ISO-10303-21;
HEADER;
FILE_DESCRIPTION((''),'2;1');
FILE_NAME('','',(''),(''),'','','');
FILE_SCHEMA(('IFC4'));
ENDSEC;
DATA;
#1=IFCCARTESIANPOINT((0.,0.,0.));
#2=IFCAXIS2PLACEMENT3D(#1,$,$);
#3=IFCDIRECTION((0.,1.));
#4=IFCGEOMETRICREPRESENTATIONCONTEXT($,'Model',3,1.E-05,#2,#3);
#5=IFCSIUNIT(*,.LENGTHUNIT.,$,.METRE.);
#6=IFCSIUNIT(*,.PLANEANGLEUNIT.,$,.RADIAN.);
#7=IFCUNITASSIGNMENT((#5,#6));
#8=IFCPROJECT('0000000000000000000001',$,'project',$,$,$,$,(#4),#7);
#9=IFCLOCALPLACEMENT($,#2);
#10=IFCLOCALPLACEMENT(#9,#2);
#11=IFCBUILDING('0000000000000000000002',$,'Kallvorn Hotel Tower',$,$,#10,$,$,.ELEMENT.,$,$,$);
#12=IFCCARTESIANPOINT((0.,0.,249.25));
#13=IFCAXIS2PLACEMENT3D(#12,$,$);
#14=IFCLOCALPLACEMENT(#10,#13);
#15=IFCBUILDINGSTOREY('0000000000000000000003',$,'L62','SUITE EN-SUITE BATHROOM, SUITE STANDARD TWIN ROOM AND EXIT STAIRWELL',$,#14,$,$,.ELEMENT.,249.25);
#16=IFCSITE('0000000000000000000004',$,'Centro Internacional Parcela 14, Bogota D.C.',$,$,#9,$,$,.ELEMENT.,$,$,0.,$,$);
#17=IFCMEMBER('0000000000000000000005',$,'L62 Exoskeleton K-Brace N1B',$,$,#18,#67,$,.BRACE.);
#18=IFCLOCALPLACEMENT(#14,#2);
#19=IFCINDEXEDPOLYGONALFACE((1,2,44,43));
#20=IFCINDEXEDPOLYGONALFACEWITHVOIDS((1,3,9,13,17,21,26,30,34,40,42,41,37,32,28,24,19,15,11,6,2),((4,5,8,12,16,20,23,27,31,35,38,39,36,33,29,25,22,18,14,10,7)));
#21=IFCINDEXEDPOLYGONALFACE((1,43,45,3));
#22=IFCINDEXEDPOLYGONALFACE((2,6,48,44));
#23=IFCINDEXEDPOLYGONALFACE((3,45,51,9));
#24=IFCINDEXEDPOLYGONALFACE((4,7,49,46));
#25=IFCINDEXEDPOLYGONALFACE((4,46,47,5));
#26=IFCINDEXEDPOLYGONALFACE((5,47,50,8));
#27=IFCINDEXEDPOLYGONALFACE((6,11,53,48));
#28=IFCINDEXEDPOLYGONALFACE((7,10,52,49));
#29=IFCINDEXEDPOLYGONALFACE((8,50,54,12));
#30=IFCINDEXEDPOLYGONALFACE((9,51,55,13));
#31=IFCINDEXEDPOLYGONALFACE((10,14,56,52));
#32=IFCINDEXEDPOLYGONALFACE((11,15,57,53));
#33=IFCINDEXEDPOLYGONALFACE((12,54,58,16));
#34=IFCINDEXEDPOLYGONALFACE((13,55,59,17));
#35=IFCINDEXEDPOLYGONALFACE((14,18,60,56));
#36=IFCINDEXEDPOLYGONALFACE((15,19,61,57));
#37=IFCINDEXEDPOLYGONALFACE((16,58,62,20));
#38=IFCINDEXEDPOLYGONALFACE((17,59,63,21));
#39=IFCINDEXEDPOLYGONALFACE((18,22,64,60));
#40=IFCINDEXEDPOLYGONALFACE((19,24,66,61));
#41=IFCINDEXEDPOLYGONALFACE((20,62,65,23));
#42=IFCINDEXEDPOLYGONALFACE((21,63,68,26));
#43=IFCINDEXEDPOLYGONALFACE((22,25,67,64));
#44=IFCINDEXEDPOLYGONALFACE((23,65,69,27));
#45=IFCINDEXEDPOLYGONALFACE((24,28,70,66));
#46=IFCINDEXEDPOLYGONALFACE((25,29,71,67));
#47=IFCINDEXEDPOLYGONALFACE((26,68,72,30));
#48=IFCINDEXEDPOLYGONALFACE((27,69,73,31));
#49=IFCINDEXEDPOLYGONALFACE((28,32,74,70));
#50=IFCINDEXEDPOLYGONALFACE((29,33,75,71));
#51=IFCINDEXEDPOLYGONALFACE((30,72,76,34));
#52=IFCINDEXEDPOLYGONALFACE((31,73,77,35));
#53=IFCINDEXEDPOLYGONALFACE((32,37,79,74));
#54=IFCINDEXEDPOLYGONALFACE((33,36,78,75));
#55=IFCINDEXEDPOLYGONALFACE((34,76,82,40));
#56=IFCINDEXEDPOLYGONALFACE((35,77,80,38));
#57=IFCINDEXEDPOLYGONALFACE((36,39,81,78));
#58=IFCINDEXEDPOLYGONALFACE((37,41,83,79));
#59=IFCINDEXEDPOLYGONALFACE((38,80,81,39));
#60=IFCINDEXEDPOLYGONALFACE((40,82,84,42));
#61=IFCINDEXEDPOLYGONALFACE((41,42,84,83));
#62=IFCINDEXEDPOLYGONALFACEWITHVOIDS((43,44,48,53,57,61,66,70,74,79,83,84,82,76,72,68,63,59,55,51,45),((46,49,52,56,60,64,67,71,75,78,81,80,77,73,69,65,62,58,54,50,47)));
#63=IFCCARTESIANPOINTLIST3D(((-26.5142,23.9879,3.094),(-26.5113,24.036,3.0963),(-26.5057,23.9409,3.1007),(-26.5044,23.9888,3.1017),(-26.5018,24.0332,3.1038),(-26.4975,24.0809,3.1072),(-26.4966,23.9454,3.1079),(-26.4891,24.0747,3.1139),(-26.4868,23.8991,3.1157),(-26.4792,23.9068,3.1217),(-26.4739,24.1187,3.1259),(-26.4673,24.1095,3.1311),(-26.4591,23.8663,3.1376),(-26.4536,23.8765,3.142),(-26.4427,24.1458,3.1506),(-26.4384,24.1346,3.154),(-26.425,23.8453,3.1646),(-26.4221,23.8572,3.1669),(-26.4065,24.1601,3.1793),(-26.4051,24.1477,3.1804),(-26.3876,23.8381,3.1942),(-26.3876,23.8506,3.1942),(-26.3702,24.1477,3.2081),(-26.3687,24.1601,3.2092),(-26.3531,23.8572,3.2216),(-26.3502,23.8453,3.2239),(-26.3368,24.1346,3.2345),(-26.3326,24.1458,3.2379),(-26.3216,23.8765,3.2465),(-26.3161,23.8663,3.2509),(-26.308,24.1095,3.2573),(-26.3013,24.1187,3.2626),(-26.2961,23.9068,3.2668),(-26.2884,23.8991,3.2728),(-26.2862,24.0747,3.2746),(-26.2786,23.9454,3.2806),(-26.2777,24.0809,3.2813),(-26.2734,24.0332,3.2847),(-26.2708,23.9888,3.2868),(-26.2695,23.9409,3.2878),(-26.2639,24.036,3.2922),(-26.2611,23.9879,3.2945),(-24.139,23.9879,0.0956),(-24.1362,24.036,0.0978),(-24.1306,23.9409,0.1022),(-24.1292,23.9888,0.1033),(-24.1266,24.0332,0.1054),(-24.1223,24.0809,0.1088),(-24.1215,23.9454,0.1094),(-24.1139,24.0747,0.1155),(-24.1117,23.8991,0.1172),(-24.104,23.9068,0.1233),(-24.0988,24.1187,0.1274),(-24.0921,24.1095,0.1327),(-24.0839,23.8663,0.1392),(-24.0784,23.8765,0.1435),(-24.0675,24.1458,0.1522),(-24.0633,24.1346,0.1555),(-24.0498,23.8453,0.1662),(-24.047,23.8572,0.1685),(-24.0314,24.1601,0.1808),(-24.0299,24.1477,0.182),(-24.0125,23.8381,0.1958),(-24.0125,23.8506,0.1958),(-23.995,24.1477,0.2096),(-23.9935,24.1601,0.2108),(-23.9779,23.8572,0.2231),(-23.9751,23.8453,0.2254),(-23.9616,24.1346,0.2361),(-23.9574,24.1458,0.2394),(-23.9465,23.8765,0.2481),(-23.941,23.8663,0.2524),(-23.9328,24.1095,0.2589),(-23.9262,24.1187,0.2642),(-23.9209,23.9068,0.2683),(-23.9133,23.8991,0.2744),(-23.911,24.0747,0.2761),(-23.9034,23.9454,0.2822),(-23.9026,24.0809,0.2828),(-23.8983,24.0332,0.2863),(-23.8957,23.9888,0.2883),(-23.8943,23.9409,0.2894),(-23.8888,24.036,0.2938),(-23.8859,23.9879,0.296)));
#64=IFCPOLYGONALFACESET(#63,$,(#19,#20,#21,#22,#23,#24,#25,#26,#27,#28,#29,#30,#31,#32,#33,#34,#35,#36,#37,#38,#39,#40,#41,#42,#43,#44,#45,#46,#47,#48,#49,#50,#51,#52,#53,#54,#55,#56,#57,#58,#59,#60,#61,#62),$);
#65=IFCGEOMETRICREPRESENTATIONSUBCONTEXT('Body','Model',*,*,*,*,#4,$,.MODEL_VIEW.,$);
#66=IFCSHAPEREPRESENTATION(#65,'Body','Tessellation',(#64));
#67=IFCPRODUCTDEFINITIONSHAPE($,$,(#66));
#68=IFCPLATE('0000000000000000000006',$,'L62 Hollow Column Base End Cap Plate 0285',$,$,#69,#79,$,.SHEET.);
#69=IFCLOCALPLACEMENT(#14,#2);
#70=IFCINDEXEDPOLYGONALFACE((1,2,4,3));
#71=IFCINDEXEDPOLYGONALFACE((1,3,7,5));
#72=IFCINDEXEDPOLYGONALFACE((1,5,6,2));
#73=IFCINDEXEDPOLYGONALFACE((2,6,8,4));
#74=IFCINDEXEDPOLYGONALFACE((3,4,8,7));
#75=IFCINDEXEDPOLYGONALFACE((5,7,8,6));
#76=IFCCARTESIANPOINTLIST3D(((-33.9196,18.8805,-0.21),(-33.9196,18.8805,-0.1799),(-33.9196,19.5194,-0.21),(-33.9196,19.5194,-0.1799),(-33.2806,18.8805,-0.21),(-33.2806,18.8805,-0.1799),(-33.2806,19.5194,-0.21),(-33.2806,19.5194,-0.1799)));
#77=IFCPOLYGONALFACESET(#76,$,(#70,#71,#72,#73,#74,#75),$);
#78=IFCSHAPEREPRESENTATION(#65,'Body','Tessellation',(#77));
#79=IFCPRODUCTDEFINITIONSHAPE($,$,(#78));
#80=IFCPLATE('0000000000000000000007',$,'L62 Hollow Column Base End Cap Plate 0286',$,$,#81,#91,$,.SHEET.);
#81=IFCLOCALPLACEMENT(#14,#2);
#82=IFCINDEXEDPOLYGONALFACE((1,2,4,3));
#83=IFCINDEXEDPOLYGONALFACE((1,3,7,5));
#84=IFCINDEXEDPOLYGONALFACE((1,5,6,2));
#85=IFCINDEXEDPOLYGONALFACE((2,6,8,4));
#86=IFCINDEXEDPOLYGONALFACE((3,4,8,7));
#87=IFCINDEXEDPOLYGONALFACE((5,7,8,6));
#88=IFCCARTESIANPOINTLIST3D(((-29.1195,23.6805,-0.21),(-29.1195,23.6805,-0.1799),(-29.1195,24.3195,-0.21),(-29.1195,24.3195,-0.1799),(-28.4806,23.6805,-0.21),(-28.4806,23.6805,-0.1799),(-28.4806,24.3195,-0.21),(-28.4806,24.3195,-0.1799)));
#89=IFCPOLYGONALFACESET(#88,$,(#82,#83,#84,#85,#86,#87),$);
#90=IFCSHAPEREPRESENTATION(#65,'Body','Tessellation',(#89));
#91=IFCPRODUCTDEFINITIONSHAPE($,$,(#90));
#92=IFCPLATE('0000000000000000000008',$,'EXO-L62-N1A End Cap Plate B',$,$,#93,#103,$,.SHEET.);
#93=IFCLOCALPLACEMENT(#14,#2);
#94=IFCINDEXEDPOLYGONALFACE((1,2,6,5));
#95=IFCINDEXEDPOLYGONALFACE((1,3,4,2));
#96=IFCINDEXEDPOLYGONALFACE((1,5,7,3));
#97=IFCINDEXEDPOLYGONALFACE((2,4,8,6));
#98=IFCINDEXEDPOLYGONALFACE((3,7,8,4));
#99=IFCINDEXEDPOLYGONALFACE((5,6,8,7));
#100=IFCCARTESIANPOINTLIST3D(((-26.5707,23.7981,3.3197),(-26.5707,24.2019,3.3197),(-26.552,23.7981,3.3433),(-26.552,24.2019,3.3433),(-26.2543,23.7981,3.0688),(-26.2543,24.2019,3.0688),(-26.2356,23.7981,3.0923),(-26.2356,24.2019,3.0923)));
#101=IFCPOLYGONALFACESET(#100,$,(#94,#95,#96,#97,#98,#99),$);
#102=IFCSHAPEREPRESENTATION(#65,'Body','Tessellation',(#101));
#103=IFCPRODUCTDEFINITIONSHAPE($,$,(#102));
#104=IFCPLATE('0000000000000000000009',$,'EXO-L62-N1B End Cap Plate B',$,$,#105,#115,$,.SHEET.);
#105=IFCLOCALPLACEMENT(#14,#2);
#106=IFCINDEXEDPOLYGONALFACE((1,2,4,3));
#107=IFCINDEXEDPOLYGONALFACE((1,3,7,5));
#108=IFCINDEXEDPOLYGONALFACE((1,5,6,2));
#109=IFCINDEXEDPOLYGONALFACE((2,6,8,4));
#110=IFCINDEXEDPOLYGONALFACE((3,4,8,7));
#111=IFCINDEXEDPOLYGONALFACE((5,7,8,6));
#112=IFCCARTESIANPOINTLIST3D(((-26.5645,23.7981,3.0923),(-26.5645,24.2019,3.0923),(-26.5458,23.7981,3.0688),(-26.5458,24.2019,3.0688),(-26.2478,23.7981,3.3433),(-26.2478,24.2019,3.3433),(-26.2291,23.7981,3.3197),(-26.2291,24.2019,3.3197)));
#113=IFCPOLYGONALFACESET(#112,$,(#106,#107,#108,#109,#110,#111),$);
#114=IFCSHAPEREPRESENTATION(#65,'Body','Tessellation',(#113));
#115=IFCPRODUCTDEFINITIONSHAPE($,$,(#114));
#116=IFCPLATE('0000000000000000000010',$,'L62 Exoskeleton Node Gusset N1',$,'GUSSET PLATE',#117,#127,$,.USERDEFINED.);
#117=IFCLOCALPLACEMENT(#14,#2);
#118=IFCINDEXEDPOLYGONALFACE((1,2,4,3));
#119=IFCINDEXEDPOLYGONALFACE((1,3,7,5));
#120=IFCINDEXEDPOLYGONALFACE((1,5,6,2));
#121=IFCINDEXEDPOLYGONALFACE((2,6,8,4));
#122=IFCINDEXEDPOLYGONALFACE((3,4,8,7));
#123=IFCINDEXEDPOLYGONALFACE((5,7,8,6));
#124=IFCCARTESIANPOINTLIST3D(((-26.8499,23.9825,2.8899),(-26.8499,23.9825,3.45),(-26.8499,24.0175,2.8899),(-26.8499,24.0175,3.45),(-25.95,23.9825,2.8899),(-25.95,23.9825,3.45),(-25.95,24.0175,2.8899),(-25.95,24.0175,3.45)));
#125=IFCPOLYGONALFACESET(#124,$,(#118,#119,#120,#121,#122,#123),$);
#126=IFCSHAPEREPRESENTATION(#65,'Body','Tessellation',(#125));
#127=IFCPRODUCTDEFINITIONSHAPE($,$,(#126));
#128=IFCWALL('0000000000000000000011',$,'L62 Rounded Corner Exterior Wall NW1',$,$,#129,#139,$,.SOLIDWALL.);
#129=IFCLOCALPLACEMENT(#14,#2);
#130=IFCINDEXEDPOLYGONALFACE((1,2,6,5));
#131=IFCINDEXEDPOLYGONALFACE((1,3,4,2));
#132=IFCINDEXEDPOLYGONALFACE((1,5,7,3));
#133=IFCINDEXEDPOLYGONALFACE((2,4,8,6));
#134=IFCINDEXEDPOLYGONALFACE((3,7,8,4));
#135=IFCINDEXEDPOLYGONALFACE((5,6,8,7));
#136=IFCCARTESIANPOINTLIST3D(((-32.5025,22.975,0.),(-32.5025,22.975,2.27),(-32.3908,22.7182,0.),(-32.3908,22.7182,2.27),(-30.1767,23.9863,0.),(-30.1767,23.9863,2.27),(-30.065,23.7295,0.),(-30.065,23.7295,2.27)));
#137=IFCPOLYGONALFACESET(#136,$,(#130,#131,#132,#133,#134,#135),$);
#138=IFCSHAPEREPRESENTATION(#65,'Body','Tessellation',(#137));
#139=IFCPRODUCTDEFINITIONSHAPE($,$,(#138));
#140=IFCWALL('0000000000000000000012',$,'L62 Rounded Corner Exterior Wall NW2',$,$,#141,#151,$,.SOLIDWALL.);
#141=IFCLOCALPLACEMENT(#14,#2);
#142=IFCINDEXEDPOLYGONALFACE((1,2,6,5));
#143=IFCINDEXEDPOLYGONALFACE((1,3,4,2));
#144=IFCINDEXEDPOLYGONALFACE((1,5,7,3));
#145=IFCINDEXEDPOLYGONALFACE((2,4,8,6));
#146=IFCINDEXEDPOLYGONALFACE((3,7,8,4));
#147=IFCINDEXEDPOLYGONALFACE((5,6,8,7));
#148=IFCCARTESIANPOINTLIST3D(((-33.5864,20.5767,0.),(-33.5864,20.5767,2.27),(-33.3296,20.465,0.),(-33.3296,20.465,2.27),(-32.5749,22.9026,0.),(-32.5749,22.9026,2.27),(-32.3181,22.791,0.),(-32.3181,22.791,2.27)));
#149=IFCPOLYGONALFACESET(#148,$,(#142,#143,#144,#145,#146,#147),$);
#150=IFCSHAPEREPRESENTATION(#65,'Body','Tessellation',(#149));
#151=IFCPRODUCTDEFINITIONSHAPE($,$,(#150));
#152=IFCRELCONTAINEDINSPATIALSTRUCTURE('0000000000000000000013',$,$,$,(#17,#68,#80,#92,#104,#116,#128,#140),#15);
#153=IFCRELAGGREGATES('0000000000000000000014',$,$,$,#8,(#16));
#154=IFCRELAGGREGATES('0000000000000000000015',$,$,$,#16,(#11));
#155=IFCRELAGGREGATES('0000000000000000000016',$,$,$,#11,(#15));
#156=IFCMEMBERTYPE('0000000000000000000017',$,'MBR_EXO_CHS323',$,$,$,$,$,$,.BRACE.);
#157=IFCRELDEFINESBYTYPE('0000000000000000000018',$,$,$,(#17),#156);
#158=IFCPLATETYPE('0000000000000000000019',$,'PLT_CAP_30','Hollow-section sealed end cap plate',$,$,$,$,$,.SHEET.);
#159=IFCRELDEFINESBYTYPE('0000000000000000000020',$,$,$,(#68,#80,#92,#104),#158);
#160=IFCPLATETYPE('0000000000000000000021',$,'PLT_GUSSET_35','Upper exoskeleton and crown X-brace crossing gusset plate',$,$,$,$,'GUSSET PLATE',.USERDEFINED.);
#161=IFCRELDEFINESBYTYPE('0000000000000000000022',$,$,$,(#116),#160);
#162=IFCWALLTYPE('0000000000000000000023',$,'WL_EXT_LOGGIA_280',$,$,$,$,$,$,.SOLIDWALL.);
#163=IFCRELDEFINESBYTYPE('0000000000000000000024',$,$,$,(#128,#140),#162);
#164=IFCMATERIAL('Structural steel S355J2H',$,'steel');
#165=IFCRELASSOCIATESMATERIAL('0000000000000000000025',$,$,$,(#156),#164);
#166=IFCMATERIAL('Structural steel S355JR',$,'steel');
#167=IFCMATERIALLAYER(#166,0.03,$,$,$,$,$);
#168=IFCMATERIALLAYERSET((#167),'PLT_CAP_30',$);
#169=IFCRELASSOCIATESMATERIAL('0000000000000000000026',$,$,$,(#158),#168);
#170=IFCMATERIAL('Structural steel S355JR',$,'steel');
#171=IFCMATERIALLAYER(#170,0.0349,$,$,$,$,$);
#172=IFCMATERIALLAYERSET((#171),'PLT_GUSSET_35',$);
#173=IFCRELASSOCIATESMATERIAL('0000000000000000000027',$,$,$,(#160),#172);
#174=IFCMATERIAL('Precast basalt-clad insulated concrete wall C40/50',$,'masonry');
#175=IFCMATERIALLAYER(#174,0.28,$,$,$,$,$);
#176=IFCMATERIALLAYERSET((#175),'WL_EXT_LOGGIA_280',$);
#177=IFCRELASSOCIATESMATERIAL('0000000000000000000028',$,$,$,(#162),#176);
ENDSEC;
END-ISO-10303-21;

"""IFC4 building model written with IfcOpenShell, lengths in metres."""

from ifc_helpers import new_model, si_unit, direction, frame, frame_2d, origin, origin_2d, place, context, subcontext, project, spatial, polyline, rectangle, hollow_circle, outline, extrude, material, layer, layer_set, material_profile, profile_set, type_object, element, save


model = new_model("IFC4")

# Units and contexts
model_context = context("Model", 3, precision=1e-05, world=origin(), true_north=direction((0.0, 1.0)))
body_context = subcontext(model_context, "Body", "Model", "MODEL_VIEW")
ifc_project = project(units=[si_unit("LENGTHUNIT", "METRE"), si_unit("PLANEANGLEUNIT", "RADIAN")], contexts=[model_context])

# Site, building, storey
site_placement = place(None, origin())
site = spatial("IfcSite", under=ifc_project, at=site_placement, Name="Centro Internacional Parcela 14, Bogota D.C.", CompositionType="ELEMENT", RefElevation=0.0)
building_placement = place(site_placement, origin())
building = spatial("IfcBuilding", under=site, at=building_placement, Name="Kallvorn Hotel Tower", CompositionType="ELEMENT")
storey_placement = place(building_placement, frame((0.0, 0.0, 249.25)))
storey = spatial("IfcBuildingStorey", under=building, at=storey_placement, Name="L62", Description="SUITE EN-SUITE BATHROOM, SUITE STANDARD TWIN ROOM AND EXIT STAIRWELL", CompositionType="ELEMENT", Elevation=249.25)

# Member
ifc_material_1 = material(Name="Structural steel S355J2H", Category="steel")
ifc_material_profile_1 = material_profile(ifc_material_1, hollow_circle(Radius=0.1619, WallThickness=0.0125, at=origin_2d()), Name="CHS 323.9x12.5")
ifc_profile_set_1 = profile_set([ifc_material_profile_1], Name="Structural steel S355J2H")
member_type_1 = type_object("IfcMemberType", Name="MBR_EXO_CHS323", PredefinedType="BRACE", material=ifc_profile_set_1)
for number, where, z_axis, x_axis, name in (
    (1, (-24.0125, 24.0, 0.1958), (-0.620929, 0.0, 0.783867), (0.0, -1.0, 0.0), "L62 Exoskeleton K-Brace N1B"),
):
    element("IfcMember", number, at=place(storey_placement, frame(where, z_axis=z_axis, x_axis=x_axis)), inside=storey, type_object=member_type_1, Name=name, PredefinedType="BRACE", context=body_context, shape_type="SweptSolid", body=[
        extrude(hollow_circle(Radius=0.1619, WallThickness=0.0125, at=origin_2d()), origin(), (0.0, 0.0, 1.0), 3.8252),
    ])

# Plates
ifc_material_2 = material(Name="Structural steel S355JR", Category="steel")
ifc_layer_1 = layer(ifc_material_2, 0.03)
ifc_layer_set_1 = layer_set([ifc_layer_1], Name="PLT_CAP_30")
plate_type_1 = type_object("IfcPlateType", Name="PLT_CAP_30", Description="Hollow-section sealed end cap plate", PredefinedType="SHEET", material=ifc_layer_set_1)
for number, where, z_axis, x_axis, name in (
    (2, (-33.6001, 19.2, -0.21), (0.0, 0.0, 1.0), (1.0, 0.0, 0.0), "L62 Hollow Column Base End Cap Plate 0285"),
    (3, (-28.8, 24.0, -0.21), (0.0, 0.0, 1.0), (1.0, 0.0, 0.0), "L62 Hollow Column Base End Cap Plate 0286"),
):
    element("IfcPlate", number, at=place(storey_placement, frame(where, z_axis=z_axis, x_axis=x_axis)), inside=storey, type_object=plate_type_1, Name=name, PredefinedType="SHEET", context=body_context, shape_type="SweptSolid", body=[
        extrude(rectangle(XDim=0.6389, YDim=0.6389, at=origin_2d()), origin(), (0.0, 0.0, 1.0), 0.03),
    ])
plate_1_placement = place(storey_placement, frame((-26.2356, 23.7981, 3.0923), z_axis=(0.621446, 0.0, 0.783457), x_axis=(0.0, 1.0, 0.0)))
element("IfcPlate", 4, at=plate_1_placement, inside=storey, type_object=plate_type_1, Name="EXO-L62-N1A End Cap Plate B", PredefinedType="SHEET", context=body_context, shape_type="SweptSolid", body=[
    extrude(outline(polyline([(0.0, 0.0), (0.4038, 0.0), (0.4038, 0.4039), (0.0, 0.4039), (0.0, 0.0)])), origin(), (0.0, 0.0, -1.0), 0.03),
])
plate_2_placement = place(storey_placement, frame((-26.5645, 24.2019, 3.0923), z_axis=(-0.621152, 0.0, 0.78369), x_axis=(0.0, -1.0, 0.0)))
element("IfcPlate", 5, at=plate_2_placement, inside=storey, type_object=plate_type_1, Name="EXO-L62-N1B End Cap Plate B", PredefinedType="SHEET", context=body_context, shape_type="SweptSolid", body=[
    extrude(outline(polyline([(0.0, 0.0), (0.4038, 0.0), (0.4038, 0.4041), (0.0, 0.4041), (0.0, 0.0)])), origin(), (0.0, 0.0, -1.0), 0.03),
])
ifc_material_3 = material(Name="Structural steel S355JR", Category="steel")
ifc_layer_2 = layer(ifc_material_3, 0.0349)
ifc_layer_set_2 = layer_set([ifc_layer_2], Name="PLT_GUSSET_35")
plate_type_2 = type_object("IfcPlateType", Name="PLT_GUSSET_35", Description="Upper exoskeleton and crown X-brace crossing gusset plate", ElementType="GUSSET PLATE", PredefinedType="USERDEFINED", material=ifc_layer_set_2)
plate_3_placement = place(storey_placement, frame((-26.3999, 24.0, 2.8899), z_axis=(0.0, 0.0, 1.0), x_axis=(1.0, 0.0, 0.0)))
element("IfcPlate", 6, at=plate_3_placement, inside=storey, type_object=plate_type_2, Name="L62 Exoskeleton Node Gusset N1", ObjectType="GUSSET PLATE", PredefinedType="USERDEFINED", context=body_context, shape_type="SweptSolid", body=[
    extrude(rectangle(XDim=0.8999, YDim=0.0349, at=origin_2d()), origin(), (0.0, 0.0, 1.0), 0.5601),
])

# Walls
ifc_material_4 = material(Name="Precast basalt-clad insulated concrete wall C40/50", Category="masonry")
ifc_layer_3 = layer(ifc_material_4, 0.28)
ifc_layer_set_3 = layer_set([ifc_layer_3], Name="WL_EXT_LOGGIA_280")
wall_type = type_object("IfcWallType", Name="WL_EXT_LOGGIA_280", PredefinedType="SOLIDWALL", material=ifc_layer_set_3)
wall_1_placement = place(storey_placement, frame((-30.1208, 23.8579, 0.0), z_axis=(0.0, 0.0, 1.0), x_axis=(-0.917061, -0.398747, 0.0)))
element("IfcWall", 7, at=wall_1_placement, inside=storey, type_object=wall_type, Name="L62 Rounded Corner Exterior Wall NW1", PredefinedType="SOLIDWALL", context=body_context, shape_type="SweptSolid", body=[
    extrude(rectangle(XDim=2.5361, YDim=0.28, at=frame_2d((1.2681, 0.0))), origin(), (0.0, 0.0, 1.0), 2.27),
])
wall_2_placement = place(storey_placement, frame((-32.4465, 22.8467, 0.0), z_axis=(0.0, 0.0, 1.0), x_axis=(-0.398793, -0.917041, 0.0)))
element("IfcWall", 8, at=wall_2_placement, inside=storey, type_object=wall_type, Name="L62 Rounded Corner Exterior Wall NW2", PredefinedType="SOLIDWALL", context=body_context, shape_type="SweptSolid", body=[
    extrude(rectangle(XDim=2.5364, YDim=0.28, at=frame_2d((1.2681, 0.0))), origin(), (0.0, 0.0, 1.0), 2.27),
])

save(model, "model.ifc")
